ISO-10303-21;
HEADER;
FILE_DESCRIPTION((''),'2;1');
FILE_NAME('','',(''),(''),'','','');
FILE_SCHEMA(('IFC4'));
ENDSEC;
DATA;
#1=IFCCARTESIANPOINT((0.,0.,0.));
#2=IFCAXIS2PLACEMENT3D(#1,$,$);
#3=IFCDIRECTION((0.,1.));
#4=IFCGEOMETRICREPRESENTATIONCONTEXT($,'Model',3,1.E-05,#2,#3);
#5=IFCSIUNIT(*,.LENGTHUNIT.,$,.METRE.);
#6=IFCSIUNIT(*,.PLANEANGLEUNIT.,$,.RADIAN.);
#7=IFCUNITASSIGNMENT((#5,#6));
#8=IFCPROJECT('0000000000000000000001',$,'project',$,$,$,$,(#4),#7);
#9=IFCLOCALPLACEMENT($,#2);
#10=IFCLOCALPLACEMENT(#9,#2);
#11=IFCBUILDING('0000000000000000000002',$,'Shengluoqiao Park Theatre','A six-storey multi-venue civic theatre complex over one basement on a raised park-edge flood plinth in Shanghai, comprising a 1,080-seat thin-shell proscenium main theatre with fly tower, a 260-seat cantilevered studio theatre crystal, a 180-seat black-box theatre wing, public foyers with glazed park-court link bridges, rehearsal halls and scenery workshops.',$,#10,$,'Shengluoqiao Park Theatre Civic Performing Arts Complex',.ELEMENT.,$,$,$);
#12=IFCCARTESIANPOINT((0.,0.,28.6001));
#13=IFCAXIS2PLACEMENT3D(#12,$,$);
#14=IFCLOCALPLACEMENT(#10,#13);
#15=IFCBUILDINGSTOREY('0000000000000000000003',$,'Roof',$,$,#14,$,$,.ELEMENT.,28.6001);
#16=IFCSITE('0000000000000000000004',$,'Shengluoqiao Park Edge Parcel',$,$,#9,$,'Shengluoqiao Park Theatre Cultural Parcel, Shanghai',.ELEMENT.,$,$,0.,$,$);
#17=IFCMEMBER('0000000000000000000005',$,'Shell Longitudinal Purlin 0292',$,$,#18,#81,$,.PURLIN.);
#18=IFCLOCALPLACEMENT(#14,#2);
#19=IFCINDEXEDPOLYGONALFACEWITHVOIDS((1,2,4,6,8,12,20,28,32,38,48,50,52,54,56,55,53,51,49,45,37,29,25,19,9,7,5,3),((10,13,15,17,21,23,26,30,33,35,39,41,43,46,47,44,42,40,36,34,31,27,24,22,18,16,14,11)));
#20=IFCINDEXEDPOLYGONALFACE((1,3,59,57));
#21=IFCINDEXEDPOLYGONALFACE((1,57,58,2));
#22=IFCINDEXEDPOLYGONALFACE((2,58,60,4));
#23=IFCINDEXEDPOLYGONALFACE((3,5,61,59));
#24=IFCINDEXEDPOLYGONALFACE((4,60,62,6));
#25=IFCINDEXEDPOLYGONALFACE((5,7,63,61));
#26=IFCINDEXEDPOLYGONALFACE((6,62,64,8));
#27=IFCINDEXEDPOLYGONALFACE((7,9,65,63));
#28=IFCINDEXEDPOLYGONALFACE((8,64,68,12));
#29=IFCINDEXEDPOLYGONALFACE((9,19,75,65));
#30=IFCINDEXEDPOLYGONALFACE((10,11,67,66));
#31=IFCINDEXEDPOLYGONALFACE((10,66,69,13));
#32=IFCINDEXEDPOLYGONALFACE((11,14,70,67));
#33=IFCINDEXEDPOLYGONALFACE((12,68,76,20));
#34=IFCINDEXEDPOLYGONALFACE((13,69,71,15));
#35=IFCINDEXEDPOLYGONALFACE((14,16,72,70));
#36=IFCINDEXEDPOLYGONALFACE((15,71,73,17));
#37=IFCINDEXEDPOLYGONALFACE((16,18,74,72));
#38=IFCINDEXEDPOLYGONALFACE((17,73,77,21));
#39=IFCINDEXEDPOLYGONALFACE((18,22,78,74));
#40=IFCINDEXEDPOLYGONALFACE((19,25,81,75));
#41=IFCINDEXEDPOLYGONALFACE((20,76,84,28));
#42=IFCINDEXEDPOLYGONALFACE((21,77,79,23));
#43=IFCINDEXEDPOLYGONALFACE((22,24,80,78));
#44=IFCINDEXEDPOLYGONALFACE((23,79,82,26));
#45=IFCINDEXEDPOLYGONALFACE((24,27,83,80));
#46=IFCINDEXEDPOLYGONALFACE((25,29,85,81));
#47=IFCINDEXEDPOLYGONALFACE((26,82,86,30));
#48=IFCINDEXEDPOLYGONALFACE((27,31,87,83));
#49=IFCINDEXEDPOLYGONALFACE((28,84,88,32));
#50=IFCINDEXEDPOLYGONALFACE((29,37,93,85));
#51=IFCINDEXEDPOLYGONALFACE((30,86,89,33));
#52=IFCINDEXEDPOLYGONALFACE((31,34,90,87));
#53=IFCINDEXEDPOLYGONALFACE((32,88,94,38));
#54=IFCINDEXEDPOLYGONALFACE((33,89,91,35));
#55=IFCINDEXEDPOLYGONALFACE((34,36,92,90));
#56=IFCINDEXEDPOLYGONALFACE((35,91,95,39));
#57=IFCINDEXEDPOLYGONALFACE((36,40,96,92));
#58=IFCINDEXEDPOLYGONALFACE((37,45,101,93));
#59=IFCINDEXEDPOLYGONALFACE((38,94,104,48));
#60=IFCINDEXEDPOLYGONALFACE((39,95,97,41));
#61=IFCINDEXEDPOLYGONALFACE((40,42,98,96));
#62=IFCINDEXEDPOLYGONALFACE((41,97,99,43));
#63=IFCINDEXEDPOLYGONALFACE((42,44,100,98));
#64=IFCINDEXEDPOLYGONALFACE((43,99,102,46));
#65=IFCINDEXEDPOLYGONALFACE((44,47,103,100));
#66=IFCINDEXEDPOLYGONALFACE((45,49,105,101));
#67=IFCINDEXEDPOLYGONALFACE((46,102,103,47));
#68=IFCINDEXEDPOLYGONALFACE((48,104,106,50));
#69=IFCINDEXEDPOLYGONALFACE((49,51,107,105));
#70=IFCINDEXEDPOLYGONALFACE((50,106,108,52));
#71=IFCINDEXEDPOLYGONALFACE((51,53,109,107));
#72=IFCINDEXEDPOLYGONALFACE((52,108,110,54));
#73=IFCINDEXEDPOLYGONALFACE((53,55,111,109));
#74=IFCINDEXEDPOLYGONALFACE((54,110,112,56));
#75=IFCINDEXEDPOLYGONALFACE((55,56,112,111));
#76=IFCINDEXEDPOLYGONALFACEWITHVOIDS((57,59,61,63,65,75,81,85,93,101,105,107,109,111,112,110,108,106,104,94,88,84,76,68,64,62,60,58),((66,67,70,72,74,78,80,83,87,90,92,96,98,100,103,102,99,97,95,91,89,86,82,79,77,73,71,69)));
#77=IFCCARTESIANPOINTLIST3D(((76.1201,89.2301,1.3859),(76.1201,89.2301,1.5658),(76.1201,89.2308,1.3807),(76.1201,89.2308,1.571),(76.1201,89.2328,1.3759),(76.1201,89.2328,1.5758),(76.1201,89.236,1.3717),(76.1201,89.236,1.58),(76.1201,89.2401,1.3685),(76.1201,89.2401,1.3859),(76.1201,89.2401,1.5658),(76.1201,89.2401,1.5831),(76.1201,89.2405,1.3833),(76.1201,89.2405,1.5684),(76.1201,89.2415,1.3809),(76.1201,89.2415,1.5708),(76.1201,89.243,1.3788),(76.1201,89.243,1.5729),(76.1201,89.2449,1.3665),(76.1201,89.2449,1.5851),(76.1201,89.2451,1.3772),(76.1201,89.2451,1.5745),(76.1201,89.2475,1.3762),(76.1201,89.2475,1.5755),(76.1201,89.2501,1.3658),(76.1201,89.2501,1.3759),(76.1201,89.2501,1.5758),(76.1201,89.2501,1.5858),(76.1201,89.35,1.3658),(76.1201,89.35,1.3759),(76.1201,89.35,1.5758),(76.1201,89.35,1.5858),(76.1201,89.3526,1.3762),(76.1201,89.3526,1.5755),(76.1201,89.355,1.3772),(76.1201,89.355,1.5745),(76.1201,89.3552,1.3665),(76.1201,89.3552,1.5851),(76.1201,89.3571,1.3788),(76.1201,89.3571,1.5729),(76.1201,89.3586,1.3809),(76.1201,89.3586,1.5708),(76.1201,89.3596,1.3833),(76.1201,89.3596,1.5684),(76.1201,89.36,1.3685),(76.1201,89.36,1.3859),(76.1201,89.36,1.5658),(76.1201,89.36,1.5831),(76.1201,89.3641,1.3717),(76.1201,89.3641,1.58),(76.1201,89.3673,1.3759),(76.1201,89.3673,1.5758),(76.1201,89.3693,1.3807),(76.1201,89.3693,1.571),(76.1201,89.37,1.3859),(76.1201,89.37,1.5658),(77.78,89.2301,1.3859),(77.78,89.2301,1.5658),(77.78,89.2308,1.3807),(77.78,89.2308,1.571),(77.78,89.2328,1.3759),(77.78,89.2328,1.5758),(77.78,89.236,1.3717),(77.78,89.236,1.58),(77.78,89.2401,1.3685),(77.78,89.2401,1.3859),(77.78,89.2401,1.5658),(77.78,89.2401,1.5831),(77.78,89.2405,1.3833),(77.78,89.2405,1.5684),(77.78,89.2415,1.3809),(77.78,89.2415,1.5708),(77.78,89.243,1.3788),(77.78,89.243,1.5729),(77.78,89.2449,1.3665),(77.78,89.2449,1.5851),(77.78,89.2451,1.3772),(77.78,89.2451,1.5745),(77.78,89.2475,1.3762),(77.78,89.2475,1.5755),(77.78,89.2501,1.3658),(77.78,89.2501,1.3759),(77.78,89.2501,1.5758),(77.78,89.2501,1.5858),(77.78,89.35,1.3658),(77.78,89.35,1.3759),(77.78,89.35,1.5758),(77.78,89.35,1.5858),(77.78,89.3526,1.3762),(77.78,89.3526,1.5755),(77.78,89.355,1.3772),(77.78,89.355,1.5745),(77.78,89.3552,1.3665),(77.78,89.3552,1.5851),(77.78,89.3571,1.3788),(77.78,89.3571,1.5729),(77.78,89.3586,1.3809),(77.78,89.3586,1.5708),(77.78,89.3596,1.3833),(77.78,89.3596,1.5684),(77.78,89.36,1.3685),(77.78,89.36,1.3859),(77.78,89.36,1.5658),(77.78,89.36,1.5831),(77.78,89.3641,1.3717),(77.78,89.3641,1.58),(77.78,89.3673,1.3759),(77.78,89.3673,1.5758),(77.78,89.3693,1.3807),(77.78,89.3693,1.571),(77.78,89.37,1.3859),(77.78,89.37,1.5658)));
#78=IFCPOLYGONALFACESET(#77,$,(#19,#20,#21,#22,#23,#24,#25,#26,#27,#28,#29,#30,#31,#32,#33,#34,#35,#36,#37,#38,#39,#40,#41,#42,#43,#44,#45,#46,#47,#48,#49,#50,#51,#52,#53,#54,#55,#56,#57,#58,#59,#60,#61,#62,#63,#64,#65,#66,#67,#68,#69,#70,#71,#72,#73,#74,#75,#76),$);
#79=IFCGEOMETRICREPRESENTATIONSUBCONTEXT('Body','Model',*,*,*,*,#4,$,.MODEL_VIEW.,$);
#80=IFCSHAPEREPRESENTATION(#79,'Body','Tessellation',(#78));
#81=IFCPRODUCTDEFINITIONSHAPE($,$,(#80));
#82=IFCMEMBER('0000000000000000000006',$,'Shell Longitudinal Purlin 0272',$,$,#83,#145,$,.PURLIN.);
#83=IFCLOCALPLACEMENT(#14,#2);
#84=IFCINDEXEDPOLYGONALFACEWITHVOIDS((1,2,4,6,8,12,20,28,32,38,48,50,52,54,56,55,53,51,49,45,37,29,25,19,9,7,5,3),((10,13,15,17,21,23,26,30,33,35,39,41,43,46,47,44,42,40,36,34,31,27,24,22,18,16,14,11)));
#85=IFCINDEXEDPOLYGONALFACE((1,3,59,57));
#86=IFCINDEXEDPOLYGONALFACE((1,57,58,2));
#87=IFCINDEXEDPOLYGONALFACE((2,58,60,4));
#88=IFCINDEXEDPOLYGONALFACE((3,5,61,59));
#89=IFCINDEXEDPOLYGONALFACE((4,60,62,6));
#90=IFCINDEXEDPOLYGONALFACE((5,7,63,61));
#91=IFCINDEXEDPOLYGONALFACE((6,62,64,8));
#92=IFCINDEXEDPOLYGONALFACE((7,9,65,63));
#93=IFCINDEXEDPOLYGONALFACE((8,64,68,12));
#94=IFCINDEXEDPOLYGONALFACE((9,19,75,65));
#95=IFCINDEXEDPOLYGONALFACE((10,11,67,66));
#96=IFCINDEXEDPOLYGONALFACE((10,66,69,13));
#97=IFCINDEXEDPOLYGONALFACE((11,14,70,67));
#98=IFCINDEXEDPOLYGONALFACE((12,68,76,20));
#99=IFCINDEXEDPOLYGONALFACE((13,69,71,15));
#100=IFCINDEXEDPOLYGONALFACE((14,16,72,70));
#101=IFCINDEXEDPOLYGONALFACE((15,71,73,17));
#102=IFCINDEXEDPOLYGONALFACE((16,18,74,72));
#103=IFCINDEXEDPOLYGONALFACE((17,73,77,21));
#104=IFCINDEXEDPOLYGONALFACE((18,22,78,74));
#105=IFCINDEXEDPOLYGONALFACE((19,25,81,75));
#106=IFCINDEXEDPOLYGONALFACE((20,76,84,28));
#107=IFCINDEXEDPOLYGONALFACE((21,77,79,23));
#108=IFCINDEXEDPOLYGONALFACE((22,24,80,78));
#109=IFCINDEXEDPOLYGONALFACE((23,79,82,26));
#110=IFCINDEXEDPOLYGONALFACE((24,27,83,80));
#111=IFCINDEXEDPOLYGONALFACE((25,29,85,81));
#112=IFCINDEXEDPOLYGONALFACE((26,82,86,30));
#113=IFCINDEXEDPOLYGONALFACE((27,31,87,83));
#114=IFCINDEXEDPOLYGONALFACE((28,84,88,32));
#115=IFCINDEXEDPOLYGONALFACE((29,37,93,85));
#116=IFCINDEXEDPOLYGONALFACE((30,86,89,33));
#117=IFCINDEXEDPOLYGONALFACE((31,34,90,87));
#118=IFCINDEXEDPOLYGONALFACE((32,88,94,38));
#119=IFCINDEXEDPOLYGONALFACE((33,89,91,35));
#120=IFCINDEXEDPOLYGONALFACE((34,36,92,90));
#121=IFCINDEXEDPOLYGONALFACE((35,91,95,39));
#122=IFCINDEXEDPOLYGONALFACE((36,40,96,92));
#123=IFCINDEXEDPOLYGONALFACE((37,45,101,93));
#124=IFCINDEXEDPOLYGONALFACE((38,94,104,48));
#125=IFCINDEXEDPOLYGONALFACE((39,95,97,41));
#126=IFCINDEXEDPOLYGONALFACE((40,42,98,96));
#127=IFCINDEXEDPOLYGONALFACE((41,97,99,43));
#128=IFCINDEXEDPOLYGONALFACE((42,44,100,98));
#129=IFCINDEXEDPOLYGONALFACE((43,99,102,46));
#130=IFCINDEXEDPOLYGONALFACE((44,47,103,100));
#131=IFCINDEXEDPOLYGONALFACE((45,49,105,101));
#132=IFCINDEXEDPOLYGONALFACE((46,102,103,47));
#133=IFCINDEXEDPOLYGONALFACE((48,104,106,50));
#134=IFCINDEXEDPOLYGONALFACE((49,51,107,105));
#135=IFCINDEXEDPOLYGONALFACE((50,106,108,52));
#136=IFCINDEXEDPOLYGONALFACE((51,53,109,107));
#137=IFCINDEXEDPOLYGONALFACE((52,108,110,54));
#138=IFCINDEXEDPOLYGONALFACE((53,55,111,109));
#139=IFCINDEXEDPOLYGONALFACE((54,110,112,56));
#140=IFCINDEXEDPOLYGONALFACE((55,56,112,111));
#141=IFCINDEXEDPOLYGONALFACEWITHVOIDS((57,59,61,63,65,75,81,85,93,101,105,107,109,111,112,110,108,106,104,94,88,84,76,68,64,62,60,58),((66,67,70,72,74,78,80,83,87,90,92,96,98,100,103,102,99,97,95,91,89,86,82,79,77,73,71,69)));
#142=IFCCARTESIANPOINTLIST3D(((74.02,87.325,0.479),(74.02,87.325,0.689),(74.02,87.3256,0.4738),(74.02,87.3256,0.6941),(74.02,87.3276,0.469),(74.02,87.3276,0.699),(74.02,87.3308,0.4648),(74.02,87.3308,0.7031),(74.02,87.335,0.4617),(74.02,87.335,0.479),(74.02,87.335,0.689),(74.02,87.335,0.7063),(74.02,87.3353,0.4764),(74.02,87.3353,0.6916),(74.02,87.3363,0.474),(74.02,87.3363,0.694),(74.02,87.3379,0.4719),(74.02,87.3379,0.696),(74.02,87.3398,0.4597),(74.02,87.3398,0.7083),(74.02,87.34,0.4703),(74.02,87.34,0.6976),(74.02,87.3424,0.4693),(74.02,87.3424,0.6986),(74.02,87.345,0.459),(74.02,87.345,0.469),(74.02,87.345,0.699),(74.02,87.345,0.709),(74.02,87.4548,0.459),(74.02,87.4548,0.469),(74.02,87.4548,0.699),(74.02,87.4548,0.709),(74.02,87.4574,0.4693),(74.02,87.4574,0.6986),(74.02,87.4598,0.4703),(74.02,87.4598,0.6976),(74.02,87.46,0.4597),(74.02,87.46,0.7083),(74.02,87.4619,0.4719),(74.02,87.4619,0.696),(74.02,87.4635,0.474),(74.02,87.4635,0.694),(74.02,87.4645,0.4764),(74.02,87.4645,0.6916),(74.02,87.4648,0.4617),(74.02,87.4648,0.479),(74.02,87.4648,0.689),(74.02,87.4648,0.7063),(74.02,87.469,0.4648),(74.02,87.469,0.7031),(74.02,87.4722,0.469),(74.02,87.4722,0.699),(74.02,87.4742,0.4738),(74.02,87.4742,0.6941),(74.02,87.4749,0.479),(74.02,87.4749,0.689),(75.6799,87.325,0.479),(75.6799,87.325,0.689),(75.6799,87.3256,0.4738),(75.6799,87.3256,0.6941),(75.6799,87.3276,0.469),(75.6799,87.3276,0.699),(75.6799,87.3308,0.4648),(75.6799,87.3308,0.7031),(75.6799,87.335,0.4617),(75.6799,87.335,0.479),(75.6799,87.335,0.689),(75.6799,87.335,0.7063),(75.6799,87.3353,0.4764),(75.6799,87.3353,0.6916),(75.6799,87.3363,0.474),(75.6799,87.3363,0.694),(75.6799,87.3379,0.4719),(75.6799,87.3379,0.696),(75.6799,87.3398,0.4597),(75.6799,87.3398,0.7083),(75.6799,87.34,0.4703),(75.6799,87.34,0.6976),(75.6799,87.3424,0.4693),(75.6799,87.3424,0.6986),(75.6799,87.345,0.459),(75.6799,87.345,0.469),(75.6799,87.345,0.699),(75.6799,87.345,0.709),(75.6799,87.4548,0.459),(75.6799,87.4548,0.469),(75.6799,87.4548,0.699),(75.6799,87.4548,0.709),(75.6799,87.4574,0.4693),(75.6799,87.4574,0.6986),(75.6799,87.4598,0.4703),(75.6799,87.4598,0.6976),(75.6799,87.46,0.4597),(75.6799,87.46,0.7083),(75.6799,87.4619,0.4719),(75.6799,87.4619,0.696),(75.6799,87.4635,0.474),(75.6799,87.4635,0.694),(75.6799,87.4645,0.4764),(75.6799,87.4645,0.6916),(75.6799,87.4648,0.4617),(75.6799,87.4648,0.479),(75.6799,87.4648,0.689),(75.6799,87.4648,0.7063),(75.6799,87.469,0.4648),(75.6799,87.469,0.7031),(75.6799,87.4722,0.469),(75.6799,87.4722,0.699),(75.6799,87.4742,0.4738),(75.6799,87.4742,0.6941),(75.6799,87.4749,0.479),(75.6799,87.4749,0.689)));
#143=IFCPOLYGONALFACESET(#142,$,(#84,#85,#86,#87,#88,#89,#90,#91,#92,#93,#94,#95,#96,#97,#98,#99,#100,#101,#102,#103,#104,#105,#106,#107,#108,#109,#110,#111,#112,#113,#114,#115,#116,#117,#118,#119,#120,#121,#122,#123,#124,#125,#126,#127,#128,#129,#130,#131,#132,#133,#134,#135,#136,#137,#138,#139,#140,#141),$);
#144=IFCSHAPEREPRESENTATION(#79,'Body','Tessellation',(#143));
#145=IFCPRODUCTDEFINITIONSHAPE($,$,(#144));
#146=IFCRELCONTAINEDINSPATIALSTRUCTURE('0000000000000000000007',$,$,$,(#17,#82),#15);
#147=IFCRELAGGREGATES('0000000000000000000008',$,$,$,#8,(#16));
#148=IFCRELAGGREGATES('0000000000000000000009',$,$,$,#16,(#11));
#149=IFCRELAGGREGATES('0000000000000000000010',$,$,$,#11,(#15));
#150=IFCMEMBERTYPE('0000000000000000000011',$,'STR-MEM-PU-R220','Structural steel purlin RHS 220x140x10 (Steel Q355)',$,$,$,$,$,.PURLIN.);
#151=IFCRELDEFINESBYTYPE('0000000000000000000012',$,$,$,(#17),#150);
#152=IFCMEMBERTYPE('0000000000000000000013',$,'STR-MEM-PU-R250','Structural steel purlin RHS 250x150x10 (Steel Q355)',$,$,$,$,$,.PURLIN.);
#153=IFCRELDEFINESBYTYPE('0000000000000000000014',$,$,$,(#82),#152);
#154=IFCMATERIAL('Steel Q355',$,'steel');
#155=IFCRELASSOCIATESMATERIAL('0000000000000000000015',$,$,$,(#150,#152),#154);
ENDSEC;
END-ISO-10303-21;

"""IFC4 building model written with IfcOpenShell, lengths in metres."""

from ifc_helpers import new_model, si_unit, direction, frame, origin, origin_2d, place, context, subcontext, project, spatial, hollow_rectangle, extrude, material, material_profile, profile_set, type_object, element, save


model = new_model("IFC4")

# Units and contexts
model_context = context("Model", 3, precision=1e-05, world=origin(), true_north=direction((0.0, 1.0)))
body_context = subcontext(model_context, "Body", "Model", "MODEL_VIEW")
ifc_project = project(units=[si_unit("LENGTHUNIT", "METRE"), si_unit("PLANEANGLEUNIT", "RADIAN")], contexts=[model_context])

# Site, building, storey
site_placement = place(None, origin())
site = spatial("IfcSite", under=ifc_project, at=site_placement, Name="Shengluoqiao Park Edge Parcel", LongName="Shengluoqiao Park Theatre Cultural Parcel, Shanghai", CompositionType="ELEMENT", RefElevation=0.0)
building_placement = place(site_placement, origin())
building = spatial("IfcBuilding", under=site, at=building_placement, Name="Shengluoqiao Park Theatre", Description="A six-storey multi-venue civic theatre complex over one basement on a raised park-edge flood plinth in Shanghai, comprising a 1,080-seat thin-shell proscenium main theatre with fly tower, a 260-seat cantilevered studio theatre crystal, a 180-seat black-box theatre wing, public foyers with glazed park-court link bridges, rehearsal halls and scenery workshops.", LongName="Shengluoqiao Park Theatre Civic Performing Arts Complex", CompositionType="ELEMENT")
storey_placement = place(building_placement, frame((0.0, 0.0, 28.6001)))
storey = spatial("IfcBuildingStorey", under=building, at=storey_placement, Name="Roof", CompositionType="ELEMENT", Elevation=28.6001)

# Shared definitions
ifc_material_1 = material(Name="Steel Q355", Category="steel")

# Members
ifc_material_profile_1 = material_profile(ifc_material_1, hollow_rectangle(XDim=0.1399, YDim=0.22, WallThickness=0.01, InnerFilletRadius=0.01, OuterFilletRadius=0.02, at=origin_2d()), Name="RHS 220x140x10")
ifc_profile_set_1 = profile_set([ifc_material_profile_1], Name="Steel Q355")
member_type_1 = type_object("IfcMemberType", Name="STR-MEM-PU-R220", Description="Structural steel purlin RHS 220x140x10 (Steel Q355)", PredefinedType="PURLIN", material=ifc_profile_set_1)
for number, where, z_axis, x_axis, name in (
    (1, (76.1201, 89.3, 1.4758), (1.0, 0.0, 0.0), (0.0, 1.0, 0.0), "Shell Longitudinal Purlin 0292"),
):
    element("IfcMember", number, at=place(storey_placement, frame(where, z_axis=z_axis, x_axis=x_axis)), inside=storey, type_object=member_type_1, Name=name, PredefinedType="PURLIN", context=body_context, shape_type="SweptSolid", body=[
        extrude(hollow_rectangle(XDim=0.1399, YDim=0.22, WallThickness=0.01, InnerFilletRadius=0.01, OuterFilletRadius=0.02, at=origin_2d()), origin(), (0.0, 0.0, 1.0), 1.6599),
    ])
ifc_material_profile_2 = material_profile(ifc_material_1, hollow_rectangle(XDim=0.1499, YDim=0.25, WallThickness=0.01, InnerFilletRadius=0.01, OuterFilletRadius=0.02, at=origin_2d()), Name="RHS 250x150x10")
ifc_profile_set_2 = profile_set([ifc_material_profile_2], Name="Steel Q355")
member_type_2 = type_object("IfcMemberType", Name="STR-MEM-PU-R250", Description="Structural steel purlin RHS 250x150x10 (Steel Q355)", PredefinedType="PURLIN", material=ifc_profile_set_2)
for number, where, z_axis, x_axis, name in (
    (2, (74.02, 87.3999, 0.584), (1.0, 0.0, 0.0), (0.0, 1.0, 0.0), "Shell Longitudinal Purlin 0272"),
):
    element("IfcMember", number, at=place(storey_placement, frame(where, z_axis=z_axis, x_axis=x_axis)), inside=storey, type_object=member_type_2, Name=name, PredefinedType="PURLIN", context=body_context, shape_type="SweptSolid", body=[
        extrude(hollow_rectangle(XDim=0.1499, YDim=0.25, WallThickness=0.01, InnerFilletRadius=0.01, OuterFilletRadius=0.02, at=origin_2d()), origin(), (0.0, 0.0, 1.0), 1.6599),
    ])

save(model, "model.ifc")
